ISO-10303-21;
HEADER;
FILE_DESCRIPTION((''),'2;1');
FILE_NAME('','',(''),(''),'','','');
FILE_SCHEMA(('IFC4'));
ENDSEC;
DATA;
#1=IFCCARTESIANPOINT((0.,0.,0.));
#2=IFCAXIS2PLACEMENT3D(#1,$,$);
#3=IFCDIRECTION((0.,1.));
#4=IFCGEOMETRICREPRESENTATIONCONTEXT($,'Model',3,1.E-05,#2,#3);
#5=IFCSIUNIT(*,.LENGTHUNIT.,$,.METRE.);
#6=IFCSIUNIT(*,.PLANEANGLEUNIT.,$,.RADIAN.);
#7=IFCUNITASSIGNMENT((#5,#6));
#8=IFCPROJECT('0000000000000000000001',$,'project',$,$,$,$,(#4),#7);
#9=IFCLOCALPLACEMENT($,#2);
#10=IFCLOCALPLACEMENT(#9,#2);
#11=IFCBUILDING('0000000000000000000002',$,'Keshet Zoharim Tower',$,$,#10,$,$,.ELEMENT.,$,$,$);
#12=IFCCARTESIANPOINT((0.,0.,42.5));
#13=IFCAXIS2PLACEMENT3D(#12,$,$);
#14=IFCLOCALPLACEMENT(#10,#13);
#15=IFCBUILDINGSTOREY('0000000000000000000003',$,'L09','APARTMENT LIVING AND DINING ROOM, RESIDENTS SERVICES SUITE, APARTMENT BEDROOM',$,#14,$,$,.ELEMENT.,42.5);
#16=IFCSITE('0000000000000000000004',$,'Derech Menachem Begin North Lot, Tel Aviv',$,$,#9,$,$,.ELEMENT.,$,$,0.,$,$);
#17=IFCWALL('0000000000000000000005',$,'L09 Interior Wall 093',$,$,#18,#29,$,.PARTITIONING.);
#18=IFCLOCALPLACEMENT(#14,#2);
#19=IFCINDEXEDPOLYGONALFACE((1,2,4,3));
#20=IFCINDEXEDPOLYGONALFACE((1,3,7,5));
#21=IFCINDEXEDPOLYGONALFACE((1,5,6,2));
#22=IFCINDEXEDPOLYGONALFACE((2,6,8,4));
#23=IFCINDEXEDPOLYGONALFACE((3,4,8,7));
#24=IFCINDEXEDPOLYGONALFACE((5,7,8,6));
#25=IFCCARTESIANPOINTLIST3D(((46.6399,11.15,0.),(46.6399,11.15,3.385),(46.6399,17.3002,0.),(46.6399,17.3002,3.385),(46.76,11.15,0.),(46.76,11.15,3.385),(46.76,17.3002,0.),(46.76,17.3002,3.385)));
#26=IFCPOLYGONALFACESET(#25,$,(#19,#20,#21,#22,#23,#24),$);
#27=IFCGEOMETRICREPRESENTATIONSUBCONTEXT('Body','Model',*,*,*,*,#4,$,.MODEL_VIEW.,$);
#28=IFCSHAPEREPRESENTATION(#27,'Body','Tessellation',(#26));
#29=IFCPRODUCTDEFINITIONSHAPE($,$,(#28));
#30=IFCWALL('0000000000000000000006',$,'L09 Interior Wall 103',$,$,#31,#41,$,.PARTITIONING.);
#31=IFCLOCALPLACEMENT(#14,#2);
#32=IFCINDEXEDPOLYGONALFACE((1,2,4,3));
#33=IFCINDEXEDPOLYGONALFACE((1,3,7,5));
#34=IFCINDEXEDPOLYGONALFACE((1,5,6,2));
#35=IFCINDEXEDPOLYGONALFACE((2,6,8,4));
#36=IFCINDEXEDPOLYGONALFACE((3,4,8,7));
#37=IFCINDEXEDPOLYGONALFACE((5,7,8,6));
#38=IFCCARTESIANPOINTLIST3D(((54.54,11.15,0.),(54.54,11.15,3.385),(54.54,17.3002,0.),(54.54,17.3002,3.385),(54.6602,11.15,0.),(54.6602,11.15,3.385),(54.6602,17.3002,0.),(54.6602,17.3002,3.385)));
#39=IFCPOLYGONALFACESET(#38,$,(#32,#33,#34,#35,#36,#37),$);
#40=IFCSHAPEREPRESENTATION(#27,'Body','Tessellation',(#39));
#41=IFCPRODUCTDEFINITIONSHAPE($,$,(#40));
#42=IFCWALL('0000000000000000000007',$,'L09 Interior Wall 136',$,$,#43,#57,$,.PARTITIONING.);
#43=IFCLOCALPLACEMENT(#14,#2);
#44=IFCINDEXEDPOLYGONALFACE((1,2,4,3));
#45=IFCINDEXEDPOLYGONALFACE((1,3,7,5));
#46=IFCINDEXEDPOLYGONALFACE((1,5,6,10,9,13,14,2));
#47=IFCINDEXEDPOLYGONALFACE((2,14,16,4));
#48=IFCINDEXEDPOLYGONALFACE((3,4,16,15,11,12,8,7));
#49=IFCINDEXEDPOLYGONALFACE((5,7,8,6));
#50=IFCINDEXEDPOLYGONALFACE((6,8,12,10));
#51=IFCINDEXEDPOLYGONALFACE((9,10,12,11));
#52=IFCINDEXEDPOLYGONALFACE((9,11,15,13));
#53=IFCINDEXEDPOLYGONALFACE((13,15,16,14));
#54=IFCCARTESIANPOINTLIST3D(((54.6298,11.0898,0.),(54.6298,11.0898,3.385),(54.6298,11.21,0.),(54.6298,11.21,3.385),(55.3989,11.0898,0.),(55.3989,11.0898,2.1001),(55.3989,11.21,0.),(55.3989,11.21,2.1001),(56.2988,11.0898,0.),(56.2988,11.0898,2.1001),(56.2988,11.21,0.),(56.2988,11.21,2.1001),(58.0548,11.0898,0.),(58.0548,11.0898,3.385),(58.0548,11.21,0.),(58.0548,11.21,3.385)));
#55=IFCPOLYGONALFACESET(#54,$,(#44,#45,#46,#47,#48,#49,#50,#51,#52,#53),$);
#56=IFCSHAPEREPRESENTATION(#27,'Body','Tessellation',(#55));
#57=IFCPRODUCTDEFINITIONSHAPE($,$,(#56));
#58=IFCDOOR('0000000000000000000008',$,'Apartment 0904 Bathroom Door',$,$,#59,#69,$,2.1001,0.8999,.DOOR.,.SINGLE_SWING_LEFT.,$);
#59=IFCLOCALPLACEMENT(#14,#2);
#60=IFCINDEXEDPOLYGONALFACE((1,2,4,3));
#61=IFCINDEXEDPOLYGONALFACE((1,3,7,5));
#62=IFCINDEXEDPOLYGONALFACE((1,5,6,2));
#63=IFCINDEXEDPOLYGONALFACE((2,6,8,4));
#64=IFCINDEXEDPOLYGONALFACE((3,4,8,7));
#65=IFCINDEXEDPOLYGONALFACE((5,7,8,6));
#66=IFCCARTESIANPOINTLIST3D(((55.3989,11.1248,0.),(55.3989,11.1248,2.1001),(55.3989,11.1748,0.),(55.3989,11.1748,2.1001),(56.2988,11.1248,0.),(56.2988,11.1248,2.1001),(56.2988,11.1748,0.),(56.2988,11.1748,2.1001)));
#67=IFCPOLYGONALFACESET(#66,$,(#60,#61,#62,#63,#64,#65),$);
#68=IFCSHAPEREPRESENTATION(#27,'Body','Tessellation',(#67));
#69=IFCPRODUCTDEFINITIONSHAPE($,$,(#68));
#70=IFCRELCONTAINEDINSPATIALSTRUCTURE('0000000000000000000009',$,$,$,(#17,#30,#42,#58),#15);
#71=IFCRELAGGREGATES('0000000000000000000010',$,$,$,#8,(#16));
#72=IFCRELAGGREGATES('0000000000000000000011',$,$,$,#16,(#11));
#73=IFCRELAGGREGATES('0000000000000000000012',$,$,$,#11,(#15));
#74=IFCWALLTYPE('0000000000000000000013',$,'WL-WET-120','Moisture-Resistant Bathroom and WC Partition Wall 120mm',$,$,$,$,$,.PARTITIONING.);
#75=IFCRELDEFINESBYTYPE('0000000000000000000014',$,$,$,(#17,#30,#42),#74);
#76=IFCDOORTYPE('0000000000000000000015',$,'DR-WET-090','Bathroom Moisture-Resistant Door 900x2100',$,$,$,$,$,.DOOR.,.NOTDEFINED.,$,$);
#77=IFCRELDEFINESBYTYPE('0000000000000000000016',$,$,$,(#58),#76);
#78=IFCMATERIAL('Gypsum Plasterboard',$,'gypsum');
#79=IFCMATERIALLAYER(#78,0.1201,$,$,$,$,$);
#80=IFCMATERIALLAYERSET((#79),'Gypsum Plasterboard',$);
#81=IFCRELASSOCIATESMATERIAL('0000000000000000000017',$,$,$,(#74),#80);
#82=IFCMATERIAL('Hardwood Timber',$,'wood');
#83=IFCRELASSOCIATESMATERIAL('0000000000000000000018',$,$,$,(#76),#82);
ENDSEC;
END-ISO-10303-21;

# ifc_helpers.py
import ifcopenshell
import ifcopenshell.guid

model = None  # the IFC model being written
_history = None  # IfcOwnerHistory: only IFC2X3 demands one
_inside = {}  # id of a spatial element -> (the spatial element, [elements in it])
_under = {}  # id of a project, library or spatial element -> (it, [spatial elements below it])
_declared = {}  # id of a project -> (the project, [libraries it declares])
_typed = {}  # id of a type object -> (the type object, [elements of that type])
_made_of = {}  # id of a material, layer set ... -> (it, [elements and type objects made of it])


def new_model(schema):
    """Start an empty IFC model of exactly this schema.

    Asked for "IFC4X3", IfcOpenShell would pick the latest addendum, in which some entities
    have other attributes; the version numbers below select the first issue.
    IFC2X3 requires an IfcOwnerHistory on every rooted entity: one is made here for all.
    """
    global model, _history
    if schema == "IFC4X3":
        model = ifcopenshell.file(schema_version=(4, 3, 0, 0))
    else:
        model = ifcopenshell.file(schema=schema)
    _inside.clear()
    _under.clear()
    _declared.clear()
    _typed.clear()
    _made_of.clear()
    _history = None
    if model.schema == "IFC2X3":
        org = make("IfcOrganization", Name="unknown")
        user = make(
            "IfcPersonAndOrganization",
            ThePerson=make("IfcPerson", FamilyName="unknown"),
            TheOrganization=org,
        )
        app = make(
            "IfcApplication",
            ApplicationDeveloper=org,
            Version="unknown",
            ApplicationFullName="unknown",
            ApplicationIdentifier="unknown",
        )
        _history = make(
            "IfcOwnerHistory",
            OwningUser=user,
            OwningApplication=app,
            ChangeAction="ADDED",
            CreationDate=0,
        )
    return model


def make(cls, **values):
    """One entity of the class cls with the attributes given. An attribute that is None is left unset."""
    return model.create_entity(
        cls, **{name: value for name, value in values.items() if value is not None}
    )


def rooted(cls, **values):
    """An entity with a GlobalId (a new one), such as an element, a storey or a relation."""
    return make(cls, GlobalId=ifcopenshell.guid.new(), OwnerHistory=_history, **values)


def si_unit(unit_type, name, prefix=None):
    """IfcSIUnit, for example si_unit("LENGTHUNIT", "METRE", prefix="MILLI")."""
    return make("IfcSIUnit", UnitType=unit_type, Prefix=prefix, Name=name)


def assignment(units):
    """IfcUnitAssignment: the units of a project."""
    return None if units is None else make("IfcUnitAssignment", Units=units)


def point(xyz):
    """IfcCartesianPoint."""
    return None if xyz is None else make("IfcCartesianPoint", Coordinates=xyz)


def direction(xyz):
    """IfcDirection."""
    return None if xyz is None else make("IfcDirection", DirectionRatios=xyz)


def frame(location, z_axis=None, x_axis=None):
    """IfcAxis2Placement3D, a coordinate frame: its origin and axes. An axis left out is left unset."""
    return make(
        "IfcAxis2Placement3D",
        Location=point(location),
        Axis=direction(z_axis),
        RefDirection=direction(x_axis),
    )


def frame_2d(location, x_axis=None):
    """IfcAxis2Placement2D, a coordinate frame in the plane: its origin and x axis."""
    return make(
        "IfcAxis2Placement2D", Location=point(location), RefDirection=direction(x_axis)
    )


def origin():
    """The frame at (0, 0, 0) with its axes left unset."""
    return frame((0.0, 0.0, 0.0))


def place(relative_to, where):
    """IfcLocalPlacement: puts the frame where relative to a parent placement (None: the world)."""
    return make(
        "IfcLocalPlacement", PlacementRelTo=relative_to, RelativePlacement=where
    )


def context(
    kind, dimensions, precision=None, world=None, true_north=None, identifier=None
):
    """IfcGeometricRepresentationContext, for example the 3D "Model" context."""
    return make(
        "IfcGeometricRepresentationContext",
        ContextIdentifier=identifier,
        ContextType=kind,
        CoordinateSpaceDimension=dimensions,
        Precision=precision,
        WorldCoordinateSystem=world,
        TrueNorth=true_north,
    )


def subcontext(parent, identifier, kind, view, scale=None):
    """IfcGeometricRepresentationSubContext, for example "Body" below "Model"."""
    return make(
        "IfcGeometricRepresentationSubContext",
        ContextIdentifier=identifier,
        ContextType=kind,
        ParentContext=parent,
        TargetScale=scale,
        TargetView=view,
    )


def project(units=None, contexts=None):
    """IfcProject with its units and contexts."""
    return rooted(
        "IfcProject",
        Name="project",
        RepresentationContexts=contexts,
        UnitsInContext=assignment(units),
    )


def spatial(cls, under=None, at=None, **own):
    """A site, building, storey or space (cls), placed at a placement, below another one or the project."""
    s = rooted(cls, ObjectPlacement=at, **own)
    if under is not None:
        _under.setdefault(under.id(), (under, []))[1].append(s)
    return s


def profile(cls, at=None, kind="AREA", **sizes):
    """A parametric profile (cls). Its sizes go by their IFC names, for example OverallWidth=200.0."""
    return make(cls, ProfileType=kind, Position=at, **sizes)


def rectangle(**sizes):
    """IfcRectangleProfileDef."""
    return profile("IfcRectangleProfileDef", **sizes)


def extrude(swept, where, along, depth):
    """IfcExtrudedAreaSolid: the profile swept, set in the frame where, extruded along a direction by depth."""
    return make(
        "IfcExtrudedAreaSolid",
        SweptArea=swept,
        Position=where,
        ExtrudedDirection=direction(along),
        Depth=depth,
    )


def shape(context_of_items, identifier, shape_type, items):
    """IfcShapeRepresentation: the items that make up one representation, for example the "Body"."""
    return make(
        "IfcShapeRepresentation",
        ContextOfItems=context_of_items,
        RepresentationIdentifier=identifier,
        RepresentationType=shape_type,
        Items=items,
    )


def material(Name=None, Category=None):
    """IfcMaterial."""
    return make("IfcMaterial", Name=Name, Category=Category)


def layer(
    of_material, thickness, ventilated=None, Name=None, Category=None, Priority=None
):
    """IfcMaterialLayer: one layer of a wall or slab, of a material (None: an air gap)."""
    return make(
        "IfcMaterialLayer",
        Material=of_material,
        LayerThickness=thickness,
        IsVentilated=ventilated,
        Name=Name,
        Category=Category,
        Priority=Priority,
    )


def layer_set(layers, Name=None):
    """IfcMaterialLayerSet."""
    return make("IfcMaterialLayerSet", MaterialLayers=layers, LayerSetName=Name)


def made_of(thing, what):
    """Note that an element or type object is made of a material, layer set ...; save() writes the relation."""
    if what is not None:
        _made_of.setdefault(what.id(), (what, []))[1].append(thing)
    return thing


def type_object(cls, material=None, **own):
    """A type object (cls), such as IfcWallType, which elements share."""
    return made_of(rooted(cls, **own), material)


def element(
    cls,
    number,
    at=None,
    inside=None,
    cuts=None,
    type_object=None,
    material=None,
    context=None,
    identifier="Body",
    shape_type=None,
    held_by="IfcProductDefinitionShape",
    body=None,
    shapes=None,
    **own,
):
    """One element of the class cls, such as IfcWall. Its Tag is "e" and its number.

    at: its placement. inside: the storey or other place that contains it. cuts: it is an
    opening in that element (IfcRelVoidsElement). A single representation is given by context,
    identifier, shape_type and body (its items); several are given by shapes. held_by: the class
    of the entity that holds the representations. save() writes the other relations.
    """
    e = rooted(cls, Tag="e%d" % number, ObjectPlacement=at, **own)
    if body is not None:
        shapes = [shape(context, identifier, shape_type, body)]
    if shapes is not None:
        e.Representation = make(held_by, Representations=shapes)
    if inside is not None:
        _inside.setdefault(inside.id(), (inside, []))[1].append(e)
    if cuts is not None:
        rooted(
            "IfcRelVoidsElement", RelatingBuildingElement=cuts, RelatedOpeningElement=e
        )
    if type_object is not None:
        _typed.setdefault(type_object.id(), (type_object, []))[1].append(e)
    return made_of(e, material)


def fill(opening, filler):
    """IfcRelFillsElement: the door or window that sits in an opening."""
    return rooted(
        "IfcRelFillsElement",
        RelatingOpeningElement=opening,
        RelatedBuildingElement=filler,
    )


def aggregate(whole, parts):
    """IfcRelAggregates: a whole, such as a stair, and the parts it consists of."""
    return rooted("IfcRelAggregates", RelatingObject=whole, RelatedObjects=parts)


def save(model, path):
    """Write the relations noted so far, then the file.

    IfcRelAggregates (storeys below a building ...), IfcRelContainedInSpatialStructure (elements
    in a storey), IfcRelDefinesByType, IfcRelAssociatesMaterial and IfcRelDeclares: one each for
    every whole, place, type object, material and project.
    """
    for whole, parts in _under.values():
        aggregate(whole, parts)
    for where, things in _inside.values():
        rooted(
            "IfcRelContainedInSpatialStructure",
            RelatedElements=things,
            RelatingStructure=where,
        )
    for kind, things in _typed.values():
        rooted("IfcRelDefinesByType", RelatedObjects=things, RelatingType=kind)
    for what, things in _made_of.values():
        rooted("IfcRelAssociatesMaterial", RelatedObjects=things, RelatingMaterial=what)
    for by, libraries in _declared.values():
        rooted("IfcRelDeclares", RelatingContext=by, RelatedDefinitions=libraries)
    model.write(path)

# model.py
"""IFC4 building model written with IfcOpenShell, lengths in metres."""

from ifc_helpers import new_model, si_unit, direction, frame, frame_2d, origin, place, context, subcontext, project, spatial, rectangle, extrude, material, layer, layer_set, type_object, element, fill, save


model = new_model("IFC4")

# Units and contexts
model_context = context("Model", 3, precision=1e-05, world=origin(), true_north=direction((0.0, 1.0)))
body_context = subcontext(model_context, "Body", "Model", "MODEL_VIEW")
ifc_project = project(units=[si_unit("LENGTHUNIT", "METRE"), si_unit("PLANEANGLEUNIT", "RADIAN")], contexts=[model_context])

# Site, building, storey
site_placement = place(None, origin())
site = spatial("IfcSite", under=ifc_project, at=site_placement, Name="Derech Menachem Begin North Lot, Tel Aviv", CompositionType="ELEMENT", RefElevation=0.0)
building_placement = place(site_placement, origin())
building = spatial("IfcBuilding", under=site, at=building_placement, Name="Keshet Zoharim Tower", CompositionType="ELEMENT")
storey_placement = place(building_placement, frame((0.0, 0.0, 42.5)))
storey = spatial("IfcBuildingStorey", under=building, at=storey_placement, Name="L09", Description="APARTMENT LIVING AND DINING ROOM, RESIDENTS SERVICES SUITE, APARTMENT BEDROOM", CompositionType="ELEMENT", Elevation=42.5)

# Shared definitions
ifc_material_1 = material(Name="Gypsum Plasterboard", Category="gypsum")

# Shared definitions
ifc_material_2 = material(Name="Hardwood Timber", Category="wood")

# Walls
ifc_layer_1 = layer(ifc_material_1, 0.1201)
ifc_layer_set_1 = layer_set([ifc_layer_1], Name="Gypsum Plasterboard")
wall_type_1 = type_object("IfcWallType", Name="WL-WET-120", Description="Moisture-Resistant Bathroom and WC Partition Wall 120mm", PredefinedType="PARTITIONING", material=ifc_layer_set_1)
for number, where, z_axis, x_axis, name in (
    (1, (46.7, 11.1499, 0.0), (0.0, 0.0, 1.0), (0.0, 1.0, 0.0), "L09 Interior Wall 093"),
    (2, (54.6001, 11.1499, 0.0), (0.0, 0.0, 1.0), (0.0, 1.0, 0.0), "L09 Interior Wall 103"),
):
    element("IfcWall", number, at=place(storey_placement, frame(where, z_axis=z_axis, x_axis=x_axis)), inside=storey, type_object=wall_type_1, Name=name, PredefinedType="PARTITIONING", context=body_context, shape_type="SweptSolid", body=[
        extrude(rectangle(XDim=6.1501, YDim=0.1201, at=frame_2d((3.0752, 0.0))), origin(), (0.0, 0.0, 1.0), 3.385),
    ])

# Wall, opening, door
wall_1_placement = place(storey_placement, frame((54.6299, 11.1499, 0.0), z_axis=(0.0, 0.0, 1.0), x_axis=(1.0, 0.0, 0.0)))
wall_1 = element("IfcWall", 3, at=wall_1_placement, inside=storey, type_object=wall_type_1, Name="L09 Interior Wall 136", PredefinedType="PARTITIONING", context=body_context, shape_type="SweptSolid", body=[
    extrude(rectangle(XDim=3.425, YDim=0.1201, at=frame_2d((1.7124, 0.0))), origin(), (0.0, 0.0, 1.0), 3.385),
])
opening_1_placement = place(wall_1_placement, frame((0.769, 0.0, 0.0)))
opening_1 = element("IfcOpeningElement", 4, at=opening_1_placement, cuts=wall_1, PredefinedType="OPENING", context=body_context, shape_type="SweptSolid", body=[
    extrude(rectangle(XDim=0.8999, YDim=2.1001, at=frame_2d((0.45, 1.05))), frame((0.0, 0.0701, 0.0), z_axis=(0.0, -1.0, 0.0), x_axis=(1.0, 0.0, 0.0)), (0.0, 0.0, 1.0), 0.1401),
])
door_type_1 = type_object("IfcDoorType", Name="DR-WET-090", Description="Bathroom Moisture-Resistant Door 900x2100", OperationType="NOTDEFINED", PredefinedType="DOOR", material=ifc_material_2)
door_1_placement = place(opening_1_placement, origin())
door_1 = element("IfcDoor", 5, at=door_1_placement, inside=storey, type_object=door_type_1, Name="Apartment 0904 Bathroom Door", OperationType="SINGLE_SWING_LEFT", OverallHeight=2.1001, OverallWidth=0.8999, PredefinedType="DOOR", context=body_context, shape_type="SweptSolid", body=[
    extrude(rectangle(XDim=0.8999, YDim=2.1001, at=frame_2d((0.45, 1.05))), frame((0.0, 0.0249, 0.0), z_axis=(0.0, -1.0, 0.0), x_axis=(1.0, 0.0, 0.0)), (0.0, 0.0, 1.0), 0.05),
])
fill(opening_1, door_1)

save(model, "model.ifc")
